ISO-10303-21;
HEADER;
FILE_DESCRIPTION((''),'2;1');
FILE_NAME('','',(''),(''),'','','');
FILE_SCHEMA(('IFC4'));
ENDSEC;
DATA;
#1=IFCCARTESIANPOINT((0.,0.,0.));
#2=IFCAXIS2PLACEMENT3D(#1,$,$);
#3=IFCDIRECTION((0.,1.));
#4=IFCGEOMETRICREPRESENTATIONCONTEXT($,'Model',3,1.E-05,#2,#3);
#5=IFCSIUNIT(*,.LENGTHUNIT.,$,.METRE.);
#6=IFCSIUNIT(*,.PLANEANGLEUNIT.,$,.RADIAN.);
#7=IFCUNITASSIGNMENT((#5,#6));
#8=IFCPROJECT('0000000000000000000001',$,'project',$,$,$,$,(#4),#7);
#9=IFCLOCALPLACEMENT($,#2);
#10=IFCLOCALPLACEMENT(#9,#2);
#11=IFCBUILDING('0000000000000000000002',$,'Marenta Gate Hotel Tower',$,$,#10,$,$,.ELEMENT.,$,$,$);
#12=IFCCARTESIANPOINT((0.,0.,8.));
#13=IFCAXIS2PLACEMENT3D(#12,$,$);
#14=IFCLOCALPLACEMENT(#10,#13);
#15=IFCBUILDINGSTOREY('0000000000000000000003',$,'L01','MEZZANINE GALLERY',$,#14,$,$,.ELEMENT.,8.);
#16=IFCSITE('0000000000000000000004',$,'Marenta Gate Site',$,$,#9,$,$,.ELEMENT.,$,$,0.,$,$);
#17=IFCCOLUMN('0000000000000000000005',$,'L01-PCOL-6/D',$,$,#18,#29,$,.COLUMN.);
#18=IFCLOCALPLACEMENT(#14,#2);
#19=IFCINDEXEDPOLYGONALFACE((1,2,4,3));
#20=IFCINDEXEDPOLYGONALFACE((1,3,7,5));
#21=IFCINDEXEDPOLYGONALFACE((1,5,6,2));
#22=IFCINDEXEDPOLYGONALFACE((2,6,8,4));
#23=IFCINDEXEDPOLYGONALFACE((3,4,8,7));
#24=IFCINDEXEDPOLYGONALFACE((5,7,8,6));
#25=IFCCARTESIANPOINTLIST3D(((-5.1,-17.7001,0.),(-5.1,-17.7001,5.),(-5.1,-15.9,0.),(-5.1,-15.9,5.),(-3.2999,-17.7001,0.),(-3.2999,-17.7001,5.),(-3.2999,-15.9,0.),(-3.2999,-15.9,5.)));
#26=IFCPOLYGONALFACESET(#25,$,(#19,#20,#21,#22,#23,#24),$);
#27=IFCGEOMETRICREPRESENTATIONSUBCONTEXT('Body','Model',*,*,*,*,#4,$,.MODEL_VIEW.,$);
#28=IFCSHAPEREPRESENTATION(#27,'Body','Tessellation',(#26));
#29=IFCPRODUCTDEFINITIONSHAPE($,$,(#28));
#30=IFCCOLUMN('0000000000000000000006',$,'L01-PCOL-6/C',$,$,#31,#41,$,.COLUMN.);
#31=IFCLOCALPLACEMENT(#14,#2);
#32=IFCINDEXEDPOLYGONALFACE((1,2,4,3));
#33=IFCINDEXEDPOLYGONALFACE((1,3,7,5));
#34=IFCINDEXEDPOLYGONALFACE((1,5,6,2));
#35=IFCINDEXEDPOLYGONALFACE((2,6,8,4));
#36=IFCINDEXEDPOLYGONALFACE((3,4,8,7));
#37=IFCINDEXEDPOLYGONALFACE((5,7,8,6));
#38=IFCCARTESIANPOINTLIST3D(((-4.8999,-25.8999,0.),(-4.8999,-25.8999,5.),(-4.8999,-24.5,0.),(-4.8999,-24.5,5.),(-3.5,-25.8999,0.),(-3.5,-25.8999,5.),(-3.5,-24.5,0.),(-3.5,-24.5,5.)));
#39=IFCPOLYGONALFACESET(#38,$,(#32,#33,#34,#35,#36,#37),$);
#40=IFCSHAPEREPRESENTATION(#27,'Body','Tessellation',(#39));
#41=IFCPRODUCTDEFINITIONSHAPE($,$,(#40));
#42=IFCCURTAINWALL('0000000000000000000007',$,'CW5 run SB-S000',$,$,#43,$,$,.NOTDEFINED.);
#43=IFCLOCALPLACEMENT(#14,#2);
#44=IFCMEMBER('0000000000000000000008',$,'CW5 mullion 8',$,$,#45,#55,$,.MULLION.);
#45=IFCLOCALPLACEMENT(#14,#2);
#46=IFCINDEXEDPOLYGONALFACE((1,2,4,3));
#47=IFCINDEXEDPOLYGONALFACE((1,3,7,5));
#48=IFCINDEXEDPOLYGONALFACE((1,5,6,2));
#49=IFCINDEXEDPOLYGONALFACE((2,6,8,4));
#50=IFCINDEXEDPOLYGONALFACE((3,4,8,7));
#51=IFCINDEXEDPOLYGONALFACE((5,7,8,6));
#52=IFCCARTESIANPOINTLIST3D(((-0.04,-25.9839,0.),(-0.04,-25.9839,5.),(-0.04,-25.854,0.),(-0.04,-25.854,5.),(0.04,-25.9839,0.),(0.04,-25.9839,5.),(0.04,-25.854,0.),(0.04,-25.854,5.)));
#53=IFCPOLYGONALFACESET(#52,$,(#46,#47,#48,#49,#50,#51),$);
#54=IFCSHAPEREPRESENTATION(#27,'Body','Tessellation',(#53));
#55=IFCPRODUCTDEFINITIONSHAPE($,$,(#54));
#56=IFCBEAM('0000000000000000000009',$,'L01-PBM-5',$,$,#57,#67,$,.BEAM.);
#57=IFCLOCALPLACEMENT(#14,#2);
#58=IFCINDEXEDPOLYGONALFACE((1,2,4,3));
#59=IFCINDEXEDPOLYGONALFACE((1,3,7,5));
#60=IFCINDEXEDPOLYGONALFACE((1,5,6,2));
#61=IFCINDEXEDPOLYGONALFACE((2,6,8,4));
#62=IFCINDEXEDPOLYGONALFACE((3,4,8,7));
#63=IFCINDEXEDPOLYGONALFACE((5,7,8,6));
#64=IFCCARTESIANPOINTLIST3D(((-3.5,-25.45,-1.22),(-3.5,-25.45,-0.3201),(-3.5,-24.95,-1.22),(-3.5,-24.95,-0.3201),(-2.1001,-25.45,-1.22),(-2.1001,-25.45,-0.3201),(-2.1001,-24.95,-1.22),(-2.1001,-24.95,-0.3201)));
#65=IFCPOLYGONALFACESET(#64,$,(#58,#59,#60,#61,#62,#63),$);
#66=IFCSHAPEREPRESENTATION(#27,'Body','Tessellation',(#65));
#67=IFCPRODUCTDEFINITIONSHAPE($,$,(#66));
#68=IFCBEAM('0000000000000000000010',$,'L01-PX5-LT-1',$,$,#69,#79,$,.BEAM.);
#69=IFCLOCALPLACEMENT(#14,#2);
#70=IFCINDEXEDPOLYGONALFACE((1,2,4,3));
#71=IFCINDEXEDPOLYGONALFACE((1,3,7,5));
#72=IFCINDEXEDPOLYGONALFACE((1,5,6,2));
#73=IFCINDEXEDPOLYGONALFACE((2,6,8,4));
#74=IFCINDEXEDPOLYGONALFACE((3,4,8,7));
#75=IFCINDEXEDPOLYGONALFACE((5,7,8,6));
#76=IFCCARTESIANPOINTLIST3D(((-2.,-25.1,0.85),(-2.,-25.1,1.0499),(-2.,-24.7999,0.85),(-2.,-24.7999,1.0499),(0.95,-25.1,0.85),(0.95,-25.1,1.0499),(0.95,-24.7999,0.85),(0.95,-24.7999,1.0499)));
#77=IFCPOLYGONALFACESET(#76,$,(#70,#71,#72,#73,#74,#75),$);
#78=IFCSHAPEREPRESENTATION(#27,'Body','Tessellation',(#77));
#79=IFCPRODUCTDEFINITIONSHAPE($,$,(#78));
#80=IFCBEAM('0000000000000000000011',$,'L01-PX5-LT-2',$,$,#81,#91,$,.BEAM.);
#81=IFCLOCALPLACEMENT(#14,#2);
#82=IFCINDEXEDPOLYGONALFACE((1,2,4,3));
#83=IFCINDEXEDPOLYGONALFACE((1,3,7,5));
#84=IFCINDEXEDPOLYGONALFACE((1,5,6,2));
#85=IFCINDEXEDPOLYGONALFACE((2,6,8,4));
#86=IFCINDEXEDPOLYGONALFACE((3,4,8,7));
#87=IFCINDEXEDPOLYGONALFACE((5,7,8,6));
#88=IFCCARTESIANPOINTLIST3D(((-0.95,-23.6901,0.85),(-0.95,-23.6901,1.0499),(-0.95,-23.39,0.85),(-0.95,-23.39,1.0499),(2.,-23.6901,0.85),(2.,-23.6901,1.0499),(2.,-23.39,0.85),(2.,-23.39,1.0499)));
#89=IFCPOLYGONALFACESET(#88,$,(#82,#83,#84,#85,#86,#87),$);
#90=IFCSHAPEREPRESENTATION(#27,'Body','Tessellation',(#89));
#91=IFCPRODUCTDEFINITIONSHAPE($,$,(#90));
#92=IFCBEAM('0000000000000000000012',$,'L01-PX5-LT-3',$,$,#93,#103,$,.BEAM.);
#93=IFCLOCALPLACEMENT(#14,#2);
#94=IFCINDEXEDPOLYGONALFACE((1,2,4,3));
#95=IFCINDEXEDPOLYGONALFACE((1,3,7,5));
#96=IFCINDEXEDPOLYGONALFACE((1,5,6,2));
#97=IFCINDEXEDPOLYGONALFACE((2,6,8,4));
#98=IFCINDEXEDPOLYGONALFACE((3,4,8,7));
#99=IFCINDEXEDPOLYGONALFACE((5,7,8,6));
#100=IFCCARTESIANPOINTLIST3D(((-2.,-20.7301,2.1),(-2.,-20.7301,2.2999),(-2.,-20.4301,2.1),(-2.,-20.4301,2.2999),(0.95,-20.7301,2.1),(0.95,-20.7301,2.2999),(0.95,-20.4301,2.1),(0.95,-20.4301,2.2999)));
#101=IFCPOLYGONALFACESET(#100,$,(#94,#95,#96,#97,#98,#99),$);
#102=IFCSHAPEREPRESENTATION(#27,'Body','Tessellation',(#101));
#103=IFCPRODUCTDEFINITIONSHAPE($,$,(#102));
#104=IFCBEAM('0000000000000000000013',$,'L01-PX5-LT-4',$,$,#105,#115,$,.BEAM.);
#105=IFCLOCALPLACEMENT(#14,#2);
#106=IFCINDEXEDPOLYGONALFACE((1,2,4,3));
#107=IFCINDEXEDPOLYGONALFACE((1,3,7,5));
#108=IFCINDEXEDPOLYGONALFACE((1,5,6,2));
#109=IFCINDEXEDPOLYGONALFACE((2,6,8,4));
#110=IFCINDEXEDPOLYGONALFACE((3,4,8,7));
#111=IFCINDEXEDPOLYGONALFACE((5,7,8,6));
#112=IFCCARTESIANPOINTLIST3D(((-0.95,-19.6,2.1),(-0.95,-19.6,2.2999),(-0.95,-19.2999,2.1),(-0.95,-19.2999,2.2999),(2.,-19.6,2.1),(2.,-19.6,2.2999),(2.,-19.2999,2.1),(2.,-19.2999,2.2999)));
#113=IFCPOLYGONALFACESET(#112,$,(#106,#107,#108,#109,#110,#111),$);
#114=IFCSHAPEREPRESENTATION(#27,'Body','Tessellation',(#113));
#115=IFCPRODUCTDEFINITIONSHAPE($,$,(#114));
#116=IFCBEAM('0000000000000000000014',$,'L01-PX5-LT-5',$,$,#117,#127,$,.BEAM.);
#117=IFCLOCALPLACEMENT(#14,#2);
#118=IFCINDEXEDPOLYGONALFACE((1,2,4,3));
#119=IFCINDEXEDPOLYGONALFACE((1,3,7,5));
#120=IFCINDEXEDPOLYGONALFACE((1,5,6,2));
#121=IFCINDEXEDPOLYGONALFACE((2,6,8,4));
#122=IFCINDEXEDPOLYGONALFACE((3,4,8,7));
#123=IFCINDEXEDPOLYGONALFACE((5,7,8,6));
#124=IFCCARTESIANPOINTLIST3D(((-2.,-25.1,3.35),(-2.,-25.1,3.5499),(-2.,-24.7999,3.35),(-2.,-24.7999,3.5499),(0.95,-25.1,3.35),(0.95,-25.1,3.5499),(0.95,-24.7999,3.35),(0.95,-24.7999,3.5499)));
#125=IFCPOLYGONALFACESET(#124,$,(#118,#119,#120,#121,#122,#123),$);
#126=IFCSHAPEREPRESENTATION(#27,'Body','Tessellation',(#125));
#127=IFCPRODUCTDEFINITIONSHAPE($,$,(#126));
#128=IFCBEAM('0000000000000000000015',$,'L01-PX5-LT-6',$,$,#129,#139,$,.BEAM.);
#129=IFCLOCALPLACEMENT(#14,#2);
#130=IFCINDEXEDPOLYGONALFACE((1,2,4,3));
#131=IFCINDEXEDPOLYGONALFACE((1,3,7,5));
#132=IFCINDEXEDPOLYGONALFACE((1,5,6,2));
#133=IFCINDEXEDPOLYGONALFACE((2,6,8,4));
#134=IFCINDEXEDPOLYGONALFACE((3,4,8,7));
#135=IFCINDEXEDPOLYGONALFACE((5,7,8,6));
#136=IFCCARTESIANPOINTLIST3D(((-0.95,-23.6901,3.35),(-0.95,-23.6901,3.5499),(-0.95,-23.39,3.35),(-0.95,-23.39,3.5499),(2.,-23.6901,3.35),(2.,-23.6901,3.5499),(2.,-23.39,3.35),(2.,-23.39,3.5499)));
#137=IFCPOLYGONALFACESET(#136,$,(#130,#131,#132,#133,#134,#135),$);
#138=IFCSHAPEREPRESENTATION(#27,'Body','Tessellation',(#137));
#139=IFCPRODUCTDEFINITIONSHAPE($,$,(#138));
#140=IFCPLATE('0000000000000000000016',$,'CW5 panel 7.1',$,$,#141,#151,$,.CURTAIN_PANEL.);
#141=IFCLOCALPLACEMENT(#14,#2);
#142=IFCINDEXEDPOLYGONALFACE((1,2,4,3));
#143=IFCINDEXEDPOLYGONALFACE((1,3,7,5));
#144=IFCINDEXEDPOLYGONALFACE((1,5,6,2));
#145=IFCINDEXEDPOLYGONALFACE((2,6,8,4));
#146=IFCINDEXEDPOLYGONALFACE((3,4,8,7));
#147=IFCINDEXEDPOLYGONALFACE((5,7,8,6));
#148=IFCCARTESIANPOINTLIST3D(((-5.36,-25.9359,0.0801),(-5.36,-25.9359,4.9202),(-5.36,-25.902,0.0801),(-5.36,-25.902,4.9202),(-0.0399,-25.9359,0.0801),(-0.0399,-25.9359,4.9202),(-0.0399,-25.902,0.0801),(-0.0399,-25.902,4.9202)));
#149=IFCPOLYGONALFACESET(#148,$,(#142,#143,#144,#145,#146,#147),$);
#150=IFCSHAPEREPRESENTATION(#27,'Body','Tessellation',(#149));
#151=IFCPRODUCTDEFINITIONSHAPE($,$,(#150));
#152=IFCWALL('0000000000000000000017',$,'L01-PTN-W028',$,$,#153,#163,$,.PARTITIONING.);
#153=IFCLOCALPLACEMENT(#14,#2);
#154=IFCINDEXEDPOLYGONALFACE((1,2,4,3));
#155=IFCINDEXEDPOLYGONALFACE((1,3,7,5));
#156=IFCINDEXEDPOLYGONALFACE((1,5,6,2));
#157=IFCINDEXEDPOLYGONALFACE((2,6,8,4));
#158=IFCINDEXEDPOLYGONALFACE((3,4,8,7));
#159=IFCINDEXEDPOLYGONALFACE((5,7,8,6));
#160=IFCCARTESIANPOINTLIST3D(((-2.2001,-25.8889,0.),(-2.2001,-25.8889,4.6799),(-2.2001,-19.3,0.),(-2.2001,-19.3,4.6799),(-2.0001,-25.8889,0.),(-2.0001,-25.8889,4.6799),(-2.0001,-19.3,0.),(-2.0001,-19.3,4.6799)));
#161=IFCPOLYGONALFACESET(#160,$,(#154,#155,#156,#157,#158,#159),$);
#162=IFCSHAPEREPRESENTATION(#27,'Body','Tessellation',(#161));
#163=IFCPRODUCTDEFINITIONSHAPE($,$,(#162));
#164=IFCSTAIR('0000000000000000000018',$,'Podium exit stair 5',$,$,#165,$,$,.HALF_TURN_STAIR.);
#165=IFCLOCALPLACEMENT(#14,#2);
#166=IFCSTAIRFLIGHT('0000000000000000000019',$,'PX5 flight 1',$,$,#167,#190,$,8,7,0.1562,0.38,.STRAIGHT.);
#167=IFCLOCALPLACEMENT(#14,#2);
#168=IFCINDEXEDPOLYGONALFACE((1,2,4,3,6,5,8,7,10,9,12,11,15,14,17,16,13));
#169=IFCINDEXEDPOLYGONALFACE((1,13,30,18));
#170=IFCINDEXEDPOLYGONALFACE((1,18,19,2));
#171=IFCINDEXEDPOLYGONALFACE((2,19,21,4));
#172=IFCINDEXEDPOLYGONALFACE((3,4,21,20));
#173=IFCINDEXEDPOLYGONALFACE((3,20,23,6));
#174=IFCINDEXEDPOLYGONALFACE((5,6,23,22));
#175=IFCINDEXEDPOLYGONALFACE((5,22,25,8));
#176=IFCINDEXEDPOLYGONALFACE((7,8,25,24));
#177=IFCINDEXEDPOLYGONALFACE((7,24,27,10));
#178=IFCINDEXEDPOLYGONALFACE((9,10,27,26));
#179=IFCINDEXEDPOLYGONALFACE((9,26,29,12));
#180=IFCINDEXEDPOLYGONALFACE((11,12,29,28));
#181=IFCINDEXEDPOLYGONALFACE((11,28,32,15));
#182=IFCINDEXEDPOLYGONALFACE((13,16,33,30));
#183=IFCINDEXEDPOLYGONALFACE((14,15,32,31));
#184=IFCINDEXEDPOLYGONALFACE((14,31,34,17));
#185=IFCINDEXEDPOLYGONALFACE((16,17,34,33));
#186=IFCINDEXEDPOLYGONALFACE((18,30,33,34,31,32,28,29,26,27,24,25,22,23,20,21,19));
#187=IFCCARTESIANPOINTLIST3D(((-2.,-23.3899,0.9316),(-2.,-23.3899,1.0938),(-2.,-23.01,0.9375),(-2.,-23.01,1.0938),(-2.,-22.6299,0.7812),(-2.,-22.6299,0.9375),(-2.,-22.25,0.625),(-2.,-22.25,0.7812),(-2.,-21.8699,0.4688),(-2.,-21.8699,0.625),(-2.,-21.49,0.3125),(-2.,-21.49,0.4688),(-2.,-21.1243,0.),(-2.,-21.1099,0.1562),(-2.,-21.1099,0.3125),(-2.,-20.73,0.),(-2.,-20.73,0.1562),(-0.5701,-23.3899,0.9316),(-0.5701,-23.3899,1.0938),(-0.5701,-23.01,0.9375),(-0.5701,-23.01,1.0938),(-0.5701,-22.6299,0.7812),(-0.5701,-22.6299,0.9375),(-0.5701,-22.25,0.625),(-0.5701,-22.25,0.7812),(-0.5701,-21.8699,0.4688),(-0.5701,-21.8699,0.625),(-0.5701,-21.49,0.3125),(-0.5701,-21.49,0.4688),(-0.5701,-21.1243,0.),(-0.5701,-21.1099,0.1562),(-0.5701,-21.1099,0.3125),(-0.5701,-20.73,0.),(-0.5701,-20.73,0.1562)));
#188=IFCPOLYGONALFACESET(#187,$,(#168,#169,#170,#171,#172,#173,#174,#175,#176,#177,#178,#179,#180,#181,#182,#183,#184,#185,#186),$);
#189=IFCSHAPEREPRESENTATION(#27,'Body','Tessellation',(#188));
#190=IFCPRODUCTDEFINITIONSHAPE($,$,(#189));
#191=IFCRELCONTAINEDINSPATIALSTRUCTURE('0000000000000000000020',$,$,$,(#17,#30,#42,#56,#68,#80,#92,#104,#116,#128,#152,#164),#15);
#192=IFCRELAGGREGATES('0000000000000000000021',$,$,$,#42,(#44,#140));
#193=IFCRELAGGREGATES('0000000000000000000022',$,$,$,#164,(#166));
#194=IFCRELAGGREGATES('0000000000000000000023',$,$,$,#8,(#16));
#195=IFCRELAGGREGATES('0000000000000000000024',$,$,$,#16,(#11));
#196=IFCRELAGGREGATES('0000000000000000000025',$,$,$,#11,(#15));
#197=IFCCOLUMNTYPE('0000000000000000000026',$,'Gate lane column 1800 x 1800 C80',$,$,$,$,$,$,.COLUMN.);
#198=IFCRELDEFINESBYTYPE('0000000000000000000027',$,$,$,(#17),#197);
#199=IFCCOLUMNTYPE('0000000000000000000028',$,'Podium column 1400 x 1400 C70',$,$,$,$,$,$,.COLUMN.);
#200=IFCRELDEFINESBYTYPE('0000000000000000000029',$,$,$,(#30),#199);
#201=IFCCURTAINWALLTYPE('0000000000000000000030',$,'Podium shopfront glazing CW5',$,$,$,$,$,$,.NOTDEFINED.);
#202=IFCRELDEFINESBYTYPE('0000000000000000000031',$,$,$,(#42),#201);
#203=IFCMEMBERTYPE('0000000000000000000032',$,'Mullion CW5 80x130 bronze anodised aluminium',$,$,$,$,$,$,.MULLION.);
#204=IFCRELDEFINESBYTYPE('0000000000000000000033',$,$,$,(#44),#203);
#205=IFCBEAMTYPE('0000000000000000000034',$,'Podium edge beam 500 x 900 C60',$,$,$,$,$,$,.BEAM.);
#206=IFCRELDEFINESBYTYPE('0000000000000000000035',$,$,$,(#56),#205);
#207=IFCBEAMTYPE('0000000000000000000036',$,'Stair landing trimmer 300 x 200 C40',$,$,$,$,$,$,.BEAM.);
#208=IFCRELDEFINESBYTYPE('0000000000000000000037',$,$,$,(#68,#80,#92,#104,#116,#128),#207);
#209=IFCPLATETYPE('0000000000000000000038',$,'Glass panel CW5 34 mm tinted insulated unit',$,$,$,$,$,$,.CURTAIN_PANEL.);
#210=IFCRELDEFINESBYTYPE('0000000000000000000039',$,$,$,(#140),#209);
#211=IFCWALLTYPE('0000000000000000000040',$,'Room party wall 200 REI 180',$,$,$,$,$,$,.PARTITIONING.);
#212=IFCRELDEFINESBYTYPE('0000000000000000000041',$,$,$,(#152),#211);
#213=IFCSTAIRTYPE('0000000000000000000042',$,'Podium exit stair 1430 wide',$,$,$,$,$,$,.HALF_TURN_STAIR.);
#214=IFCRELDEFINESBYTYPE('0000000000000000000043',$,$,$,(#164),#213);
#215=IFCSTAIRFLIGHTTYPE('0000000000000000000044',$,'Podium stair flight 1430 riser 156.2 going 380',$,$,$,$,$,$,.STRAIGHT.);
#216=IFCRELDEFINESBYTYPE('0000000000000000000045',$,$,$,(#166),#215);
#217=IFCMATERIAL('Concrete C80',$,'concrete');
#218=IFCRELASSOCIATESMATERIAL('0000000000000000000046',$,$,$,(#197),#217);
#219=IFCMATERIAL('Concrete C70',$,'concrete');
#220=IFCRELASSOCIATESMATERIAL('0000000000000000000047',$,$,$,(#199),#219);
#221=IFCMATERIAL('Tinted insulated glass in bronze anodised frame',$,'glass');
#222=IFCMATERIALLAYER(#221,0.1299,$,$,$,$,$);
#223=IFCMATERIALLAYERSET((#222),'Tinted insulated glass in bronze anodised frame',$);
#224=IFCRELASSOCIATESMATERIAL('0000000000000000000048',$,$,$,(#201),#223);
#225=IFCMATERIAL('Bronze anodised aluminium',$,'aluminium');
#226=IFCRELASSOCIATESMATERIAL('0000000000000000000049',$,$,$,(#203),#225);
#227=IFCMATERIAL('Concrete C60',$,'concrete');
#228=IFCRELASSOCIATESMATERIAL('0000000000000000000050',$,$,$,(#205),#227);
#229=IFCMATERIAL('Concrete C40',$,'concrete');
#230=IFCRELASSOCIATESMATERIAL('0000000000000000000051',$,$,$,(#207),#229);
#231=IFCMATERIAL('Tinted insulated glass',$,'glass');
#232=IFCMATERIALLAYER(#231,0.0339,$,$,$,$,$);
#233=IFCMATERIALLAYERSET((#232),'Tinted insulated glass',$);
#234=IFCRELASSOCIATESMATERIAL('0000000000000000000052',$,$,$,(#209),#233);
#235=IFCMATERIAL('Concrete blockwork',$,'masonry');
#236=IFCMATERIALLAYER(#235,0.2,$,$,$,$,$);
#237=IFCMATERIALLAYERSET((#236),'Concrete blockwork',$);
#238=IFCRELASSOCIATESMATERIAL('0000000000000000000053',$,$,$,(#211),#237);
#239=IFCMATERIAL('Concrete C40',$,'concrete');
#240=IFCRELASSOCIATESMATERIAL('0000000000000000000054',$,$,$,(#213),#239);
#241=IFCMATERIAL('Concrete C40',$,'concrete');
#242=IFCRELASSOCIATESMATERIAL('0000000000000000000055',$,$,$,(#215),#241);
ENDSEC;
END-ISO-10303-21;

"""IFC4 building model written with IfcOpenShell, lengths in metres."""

from ifc_helpers import new_model, si_unit, direction, frame, frame_2d, origin, origin_2d, place, context, subcontext, project, spatial, polyline, rectangle, outline, extrude, material, layer, layer_set, material_profile, profile_set, type_object, element, aggregate, save


model = new_model("IFC4")

# Units and contexts
model_context = context("Model", 3, precision=1e-05, world=origin(), true_north=direction((0.0, 1.0)))
body_context = subcontext(model_context, "Body", "Model", "MODEL_VIEW")
ifc_project = project(units=[si_unit("LENGTHUNIT", "METRE"), si_unit("PLANEANGLEUNIT", "RADIAN")], contexts=[model_context])

# Site, building, storey
site_placement = place(None, origin())
site = spatial("IfcSite", under=ifc_project, at=site_placement, Name="Marenta Gate Site", CompositionType="ELEMENT", RefElevation=0.0)
building_placement = place(site_placement, origin())
building = spatial("IfcBuilding", under=site, at=building_placement, Name="Marenta Gate Hotel Tower", CompositionType="ELEMENT")
storey_placement = place(building_placement, frame((0.0, 0.0, 8.0)))
storey = spatial("IfcBuildingStorey", under=building, at=storey_placement, Name="L01", Description="MEZZANINE GALLERY", CompositionType="ELEMENT", Elevation=8.0)

# Columns
ifc_material_1 = material(Name="Concrete C80", Category="concrete")
ifc_material_profile_1 = material_profile(ifc_material_1, rectangle(XDim=1.8, YDim=1.8, at=origin_2d()), Name="1800 x 1800")
ifc_profile_set_1 = profile_set([ifc_material_profile_1], Name="Concrete C80")
column_type_1 = type_object("IfcColumnType", Name="Gate lane column 1800 x 1800 C80", PredefinedType="COLUMN", material=ifc_profile_set_1)
column_1_placement = place(storey_placement, frame((-4.2, -16.8, 0.0), z_axis=(0.0, 0.0, 1.0), x_axis=(1.0, 0.0, 0.0)))
element("IfcColumn", 1, at=column_1_placement, inside=storey, type_object=column_type_1, Name="L01-PCOL-6/D", PredefinedType="COLUMN", context=body_context, shape_type="SweptSolid", body=[
    extrude(rectangle(XDim=1.8, YDim=1.8, at=origin_2d()), origin(), (0.0, 0.0, 1.0), 5.0),
])
ifc_material_2 = material(Name="Concrete C70", Category="concrete")
ifc_material_profile_2 = material_profile(ifc_material_2, rectangle(XDim=1.3999, YDim=1.3999, at=origin_2d()), Name="1400 x 1400")
ifc_profile_set_2 = profile_set([ifc_material_profile_2], Name="Concrete C70")
column_type_2 = type_object("IfcColumnType", Name="Podium column 1400 x 1400 C70", PredefinedType="COLUMN", material=ifc_profile_set_2)
column_2_placement = place(storey_placement, frame((-4.2, -25.2, 0.0), z_axis=(0.0, 0.0, 1.0), x_axis=(1.0, 0.0, 0.0)))
element("IfcColumn", 2, at=column_2_placement, inside=storey, type_object=column_type_2, Name="L01-PCOL-6/C", PredefinedType="COLUMN", context=body_context, shape_type="SweptSolid", body=[
    extrude(rectangle(XDim=1.3999, YDim=1.3999, at=origin_2d()), origin(), (0.0, 0.0, 1.0), 5.0),
])

# Curtain wall, member
ifc_material_3 = material(Name="Tinted insulated glass in bronze anodised frame", Category="glass")
ifc_layer_1 = layer(ifc_material_3, 0.1299)
ifc_layer_set_1 = layer_set([ifc_layer_1], Name="Tinted insulated glass in bronze anodised frame")
curtain_wall_type = type_object("IfcCurtainWallType", Name="Podium shopfront glazing CW5", PredefinedType="NOTDEFINED", material=ifc_layer_set_1)
curtain_wall_placement = place(storey_placement, origin())
curtain_wall = element("IfcCurtainWall", 3, at=curtain_wall_placement, inside=storey, type_object=curtain_wall_type, Name="CW5 run SB-S000", PredefinedType="NOTDEFINED")
ifc_material_4 = material(Name="Bronze anodised aluminium", Category="aluminium")
ifc_material_profile_3 = material_profile(ifc_material_4, rectangle(XDim=0.1299, YDim=0.0801, at=origin_2d()), Name="Mullion CW5 80x130 bronze anodised aluminium")
ifc_profile_set_3 = profile_set([ifc_material_profile_3], Name="Bronze anodised aluminium")
member_type = type_object("IfcMemberType", Name="Mullion CW5 80x130 bronze anodised aluminium", PredefinedType="MULLION", material=ifc_profile_set_3)
member_placement = place(storey_placement, frame((0.0, -25.9189, 0.0), z_axis=(0.0, 0.0, 1.0), x_axis=(0.0, 1.0, 0.0)))
member = element("IfcMember", 4, at=member_placement, type_object=member_type, Name="CW5 mullion 8", PredefinedType="MULLION", context=body_context, shape_type="SweptSolid", body=[
    extrude(rectangle(XDim=0.1299, YDim=0.0801, at=origin_2d()), origin(), (0.0, 0.0, 1.0), 5.0),
])

# Beams
ifc_material_5 = material(Name="Concrete C60", Category="concrete")
ifc_material_profile_4 = material_profile(ifc_material_5, rectangle(XDim=0.5, YDim=0.8999, at=origin_2d()), Name="500 x 900")
ifc_profile_set_4 = profile_set([ifc_material_profile_4], Name="Concrete C60")
beam_type_1 = type_object("IfcBeamType", Name="Podium edge beam 500 x 900 C60", PredefinedType="BEAM", material=ifc_profile_set_4)
beam_placement = place(storey_placement, frame((-3.5, -25.2, -0.77), z_axis=(1.0, 0.0, 0.0), x_axis=(0.0, 1.0, 0.0)))
element("IfcBeam", 5, at=beam_placement, inside=storey, type_object=beam_type_1, Name="L01-PBM-5", PredefinedType="BEAM", context=body_context, shape_type="SweptSolid", body=[
    extrude(rectangle(XDim=0.5, YDim=0.8999, at=origin_2d()), origin(), (0.0, 0.0, 1.0), 1.3999),
])
ifc_material_6 = material(Name="Concrete C40", Category="concrete")
ifc_material_profile_5 = material_profile(ifc_material_6, rectangle(XDim=0.3, YDim=0.2, at=origin_2d()), Name="300 x 200")
ifc_profile_set_5 = profile_set([ifc_material_profile_5], Name="Concrete C40")
beam_type_2 = type_object("IfcBeamType", Name="Stair landing trimmer 300 x 200 C40", PredefinedType="BEAM", material=ifc_profile_set_5)
for number, where, z_axis, x_axis, name in (
    (6, (-2.0, -24.95, 0.95), (1.0, 0.0, 0.0), (0.0, 1.0, 0.0), "L01-PX5-LT-1"),
    (7, (-0.95, -23.54, 0.95), (1.0, 0.0, 0.0), (0.0, 1.0, 0.0), "L01-PX5-LT-2"),
    (8, (-2.0, -20.5801, 2.2), (1.0, 0.0, 0.0), (0.0, 1.0, 0.0), "L01-PX5-LT-3"),
    (9, (-0.95, -19.45, 2.2), (1.0, 0.0, 0.0), (0.0, 1.0, 0.0), "L01-PX5-LT-4"),
    (10, (-2.0, -24.95, 3.45), (1.0, 0.0, 0.0), (0.0, 1.0, 0.0), "L01-PX5-LT-5"),
    (11, (-0.95, -23.54, 3.45), (1.0, 0.0, 0.0), (0.0, 1.0, 0.0), "L01-PX5-LT-6"),
):
    element("IfcBeam", number, at=place(storey_placement, frame(where, z_axis=z_axis, x_axis=x_axis)), inside=storey, type_object=beam_type_2, Name=name, PredefinedType="BEAM", context=body_context, shape_type="SweptSolid", body=[
        extrude(rectangle(XDim=0.3, YDim=0.2, at=origin_2d()), origin(), (0.0, 0.0, 1.0), 2.95),
    ])

# Plate
ifc_material_7 = material(Name="Tinted insulated glass", Category="glass")
ifc_layer_2 = layer(ifc_material_7, 0.0339)
ifc_layer_set_2 = layer_set([ifc_layer_2], Name="Tinted insulated glass")
plate_type = type_object("IfcPlateType", Name="Glass panel CW5 34 mm tinted insulated unit", PredefinedType="CURTAIN_PANEL", material=ifc_layer_set_2)
plate_placement = place(storey_placement, frame((-2.7, -25.9189, 0.0801), z_axis=(0.0, 0.0, 1.0), x_axis=(1.0, 0.0, 0.0)))
plate = element("IfcPlate", 12, at=plate_placement, type_object=plate_type, Name="CW5 panel 7.1", PredefinedType="CURTAIN_PANEL", context=body_context, shape_type="SweptSolid", body=[
    extrude(rectangle(XDim=5.3201, YDim=0.0339, at=origin_2d()), origin(), (0.0, 0.0, 1.0), 4.8401),
])
aggregate(curtain_wall, [member, plate])

# Wall
ifc_material_8 = material(Name="Concrete blockwork", Category="masonry")
ifc_layer_3 = layer(ifc_material_8, 0.2)
ifc_layer_set_3 = layer_set([ifc_layer_3], Name="Concrete blockwork")
wall_type_1 = type_object("IfcWallType", Name="Room party wall 200 REI 180", PredefinedType="PARTITIONING", material=ifc_layer_set_3)
wall_1_placement = place(storey_placement, frame((-2.1001, -25.8889, 0.0), z_axis=(0.0, 0.0, 1.0), x_axis=(0.0, 1.0, 0.0)))
element("IfcWall", 13, at=wall_1_placement, inside=storey, type_object=wall_type_1, Name="L01-PTN-W028", PredefinedType="PARTITIONING", context=body_context, shape_type="SweptSolid", body=[
    extrude(rectangle(XDim=6.5889, YDim=0.2, at=frame_2d((3.2944, 0.0))), origin(), (0.0, 0.0, 1.0), 4.6799),
])

# Stair, stair flight
ifc_material_9 = material(Name="Concrete C40", Category="concrete")
stair_type = type_object("IfcStairType", Name="Podium exit stair 1430 wide", PredefinedType="HALF_TURN_STAIR", material=ifc_material_9)
stair_placement = place(storey_placement, origin())
stair = element("IfcStair", 14, at=stair_placement, inside=storey, type_object=stair_type, Name="Podium exit stair 5", PredefinedType="HALF_TURN_STAIR")
ifc_material_10 = material(Name="Concrete C40", Category="concrete")
stair_flight_type = type_object("IfcStairFlightType", Name="Podium stair flight 1430 riser 156.2 going 380", PredefinedType="STRAIGHT", material=ifc_material_10)
stair_flight_1_placement = place(storey_placement, frame((-1.2849, -20.73, 0.0), z_axis=(0.0, 0.0, 1.0), x_axis=(0.0, -1.0, 0.0)))
stair_flight_1 = element("IfcStairFlight", 15, at=stair_flight_1_placement, type_object=stair_flight_type, Name="PX5 flight 1", NumberOfRisers=8, NumberOfTreads=7, PredefinedType="STRAIGHT", RiserHeight=0.1562, TreadLength=0.38, context=body_context, shape_type="SweptSolid", body=[
    extrude(outline(polyline([(0.0, 0.0), (0.0, 0.1562), (0.3799, 0.1562), (0.3799, 0.3125), (0.76, 0.3125), (0.76, 0.4688), (1.1399, 0.4688), (1.1399, 0.625), (1.52, 0.625), (1.52, 0.7812), (1.8999, 0.7812), (1.8999, 0.9375), (2.28, 0.9375), (2.28, 1.0938), (2.6599, 1.0938), (2.6599, 1.25), (2.6599, 0.9316), (0.3943, 0.0), (0.0, 0.0)])), frame((0.0, 0.7148, 0.0), z_axis=(0.0, -1.0, 0.0), x_axis=(1.0, 0.0, 0.0)), (0.0, 0.0, 1.0), 1.4299),
])
aggregate(stair, [stair_flight_1])

save(model, "model.ifc")
